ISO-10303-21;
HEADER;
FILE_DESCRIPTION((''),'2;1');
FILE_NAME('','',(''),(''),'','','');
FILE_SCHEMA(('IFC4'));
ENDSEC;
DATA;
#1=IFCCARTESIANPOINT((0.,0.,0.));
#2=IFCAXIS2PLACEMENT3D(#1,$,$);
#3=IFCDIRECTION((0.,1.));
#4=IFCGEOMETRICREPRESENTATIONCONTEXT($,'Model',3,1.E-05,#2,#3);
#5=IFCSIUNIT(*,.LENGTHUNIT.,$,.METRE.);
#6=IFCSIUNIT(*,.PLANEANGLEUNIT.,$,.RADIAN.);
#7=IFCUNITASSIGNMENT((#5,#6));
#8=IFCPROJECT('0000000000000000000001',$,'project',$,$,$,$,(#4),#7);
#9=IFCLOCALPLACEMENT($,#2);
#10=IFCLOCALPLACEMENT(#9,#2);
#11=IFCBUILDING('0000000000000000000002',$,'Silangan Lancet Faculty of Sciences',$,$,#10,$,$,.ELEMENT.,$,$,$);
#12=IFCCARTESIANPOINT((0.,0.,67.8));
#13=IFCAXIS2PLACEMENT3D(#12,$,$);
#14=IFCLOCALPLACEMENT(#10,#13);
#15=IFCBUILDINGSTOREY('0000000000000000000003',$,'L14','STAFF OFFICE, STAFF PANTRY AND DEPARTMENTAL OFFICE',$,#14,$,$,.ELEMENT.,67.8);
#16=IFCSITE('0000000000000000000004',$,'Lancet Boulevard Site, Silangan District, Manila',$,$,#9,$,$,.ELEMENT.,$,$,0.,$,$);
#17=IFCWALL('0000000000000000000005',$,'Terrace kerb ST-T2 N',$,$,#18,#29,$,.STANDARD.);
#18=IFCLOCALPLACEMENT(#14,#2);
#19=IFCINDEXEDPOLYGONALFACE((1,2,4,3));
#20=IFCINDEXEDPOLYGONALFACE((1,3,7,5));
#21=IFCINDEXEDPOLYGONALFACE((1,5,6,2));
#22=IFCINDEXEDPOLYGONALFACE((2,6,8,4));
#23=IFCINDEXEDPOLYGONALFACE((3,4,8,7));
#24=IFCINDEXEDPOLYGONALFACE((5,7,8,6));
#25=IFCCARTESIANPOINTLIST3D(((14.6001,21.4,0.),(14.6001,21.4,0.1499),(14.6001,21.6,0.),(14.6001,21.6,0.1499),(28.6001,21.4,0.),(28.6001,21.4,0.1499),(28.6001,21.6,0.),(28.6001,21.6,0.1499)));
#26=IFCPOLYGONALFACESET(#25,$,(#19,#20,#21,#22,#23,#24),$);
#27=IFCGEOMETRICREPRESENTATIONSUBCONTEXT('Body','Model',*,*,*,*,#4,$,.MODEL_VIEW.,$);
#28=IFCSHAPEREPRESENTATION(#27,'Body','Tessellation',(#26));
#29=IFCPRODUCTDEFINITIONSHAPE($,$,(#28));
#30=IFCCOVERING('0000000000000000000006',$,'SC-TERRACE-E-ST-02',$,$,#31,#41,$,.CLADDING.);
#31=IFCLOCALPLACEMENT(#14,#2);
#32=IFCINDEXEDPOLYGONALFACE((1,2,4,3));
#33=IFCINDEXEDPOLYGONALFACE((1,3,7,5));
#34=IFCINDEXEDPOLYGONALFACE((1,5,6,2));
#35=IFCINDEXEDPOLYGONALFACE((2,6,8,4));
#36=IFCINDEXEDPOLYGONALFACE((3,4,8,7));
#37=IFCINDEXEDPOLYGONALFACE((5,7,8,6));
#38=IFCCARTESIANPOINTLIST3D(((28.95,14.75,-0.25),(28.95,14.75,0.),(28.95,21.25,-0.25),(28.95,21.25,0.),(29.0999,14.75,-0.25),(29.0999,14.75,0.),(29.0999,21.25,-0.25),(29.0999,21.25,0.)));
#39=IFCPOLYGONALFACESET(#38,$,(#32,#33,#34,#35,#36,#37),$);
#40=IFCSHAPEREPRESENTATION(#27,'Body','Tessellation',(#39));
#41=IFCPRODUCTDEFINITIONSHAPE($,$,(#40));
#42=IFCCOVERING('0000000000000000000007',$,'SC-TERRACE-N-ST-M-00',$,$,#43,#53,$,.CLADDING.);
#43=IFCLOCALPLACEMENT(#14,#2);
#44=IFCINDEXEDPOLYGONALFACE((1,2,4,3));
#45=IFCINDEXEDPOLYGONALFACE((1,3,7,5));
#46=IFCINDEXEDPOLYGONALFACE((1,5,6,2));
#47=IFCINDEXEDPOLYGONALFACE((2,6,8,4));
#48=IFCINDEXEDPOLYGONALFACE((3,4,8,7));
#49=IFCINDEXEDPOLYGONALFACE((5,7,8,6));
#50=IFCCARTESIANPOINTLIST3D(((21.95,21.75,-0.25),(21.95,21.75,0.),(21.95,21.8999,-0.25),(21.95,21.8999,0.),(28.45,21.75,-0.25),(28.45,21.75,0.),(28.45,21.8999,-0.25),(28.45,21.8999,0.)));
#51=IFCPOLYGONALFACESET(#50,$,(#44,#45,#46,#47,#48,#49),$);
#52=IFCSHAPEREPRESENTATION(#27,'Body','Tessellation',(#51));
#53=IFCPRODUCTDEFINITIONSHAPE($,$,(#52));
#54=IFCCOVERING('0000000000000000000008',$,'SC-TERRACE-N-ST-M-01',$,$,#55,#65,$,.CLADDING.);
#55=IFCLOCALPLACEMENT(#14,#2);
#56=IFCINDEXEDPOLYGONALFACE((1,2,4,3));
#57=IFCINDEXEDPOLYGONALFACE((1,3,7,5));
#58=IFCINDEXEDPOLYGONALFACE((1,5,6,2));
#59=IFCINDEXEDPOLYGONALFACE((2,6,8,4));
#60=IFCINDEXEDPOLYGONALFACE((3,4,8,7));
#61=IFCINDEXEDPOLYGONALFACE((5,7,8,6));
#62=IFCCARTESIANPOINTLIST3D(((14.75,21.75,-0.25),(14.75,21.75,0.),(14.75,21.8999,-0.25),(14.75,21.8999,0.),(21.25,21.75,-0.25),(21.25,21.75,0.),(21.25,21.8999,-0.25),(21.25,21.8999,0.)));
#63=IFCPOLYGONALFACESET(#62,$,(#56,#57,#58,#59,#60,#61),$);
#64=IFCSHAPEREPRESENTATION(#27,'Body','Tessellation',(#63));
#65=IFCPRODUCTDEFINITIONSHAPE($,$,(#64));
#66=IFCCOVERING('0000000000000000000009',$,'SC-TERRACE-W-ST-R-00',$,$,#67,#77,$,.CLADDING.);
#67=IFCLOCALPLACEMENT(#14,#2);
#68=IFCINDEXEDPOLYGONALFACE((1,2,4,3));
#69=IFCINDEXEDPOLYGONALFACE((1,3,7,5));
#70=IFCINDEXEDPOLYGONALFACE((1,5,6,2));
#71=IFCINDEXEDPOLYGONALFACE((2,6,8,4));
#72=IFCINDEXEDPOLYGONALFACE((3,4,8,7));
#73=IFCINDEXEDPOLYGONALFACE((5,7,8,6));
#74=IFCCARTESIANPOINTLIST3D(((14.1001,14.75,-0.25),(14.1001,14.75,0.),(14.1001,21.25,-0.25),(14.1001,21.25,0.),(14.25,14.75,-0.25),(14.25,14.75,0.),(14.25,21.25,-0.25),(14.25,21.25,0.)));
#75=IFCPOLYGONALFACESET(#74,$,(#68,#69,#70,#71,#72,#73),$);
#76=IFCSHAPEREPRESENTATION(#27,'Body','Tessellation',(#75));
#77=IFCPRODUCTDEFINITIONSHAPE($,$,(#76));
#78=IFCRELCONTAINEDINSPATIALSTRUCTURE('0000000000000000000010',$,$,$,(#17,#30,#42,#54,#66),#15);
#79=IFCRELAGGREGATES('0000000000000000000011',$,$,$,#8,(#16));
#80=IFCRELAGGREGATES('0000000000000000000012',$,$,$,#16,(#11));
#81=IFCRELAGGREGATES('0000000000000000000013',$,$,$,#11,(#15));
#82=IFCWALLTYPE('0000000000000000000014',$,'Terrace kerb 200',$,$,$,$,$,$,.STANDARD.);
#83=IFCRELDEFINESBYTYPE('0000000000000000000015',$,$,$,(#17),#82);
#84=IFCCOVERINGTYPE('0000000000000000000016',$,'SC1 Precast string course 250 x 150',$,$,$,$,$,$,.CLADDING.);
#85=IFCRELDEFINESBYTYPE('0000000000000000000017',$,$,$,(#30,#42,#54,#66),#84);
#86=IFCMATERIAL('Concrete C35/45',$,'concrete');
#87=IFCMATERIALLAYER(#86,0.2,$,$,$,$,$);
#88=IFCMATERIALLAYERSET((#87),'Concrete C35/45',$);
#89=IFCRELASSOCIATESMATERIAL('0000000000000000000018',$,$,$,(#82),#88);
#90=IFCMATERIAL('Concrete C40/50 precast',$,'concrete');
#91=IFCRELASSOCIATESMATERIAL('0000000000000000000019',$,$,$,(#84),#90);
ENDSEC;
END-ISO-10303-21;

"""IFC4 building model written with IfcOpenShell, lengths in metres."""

from ifc_helpers import new_model, si_unit, direction, frame, frame_2d, origin, origin_2d, place, context, subcontext, project, spatial, rectangle, extrude, material, layer, layer_set, type_object, element, save


model = new_model("IFC4")

# Units and contexts
model_context = context("Model", 3, precision=1e-05, world=origin(), true_north=direction((0.0, 1.0)))
body_context = subcontext(model_context, "Body", "Model", "MODEL_VIEW")
ifc_project = project(units=[si_unit("LENGTHUNIT", "METRE"), si_unit("PLANEANGLEUNIT", "RADIAN")], contexts=[model_context])

# Site, building, storey
site_placement = place(None, origin())
site = spatial("IfcSite", under=ifc_project, at=site_placement, Name="Lancet Boulevard Site, Silangan District, Manila", CompositionType="ELEMENT", RefElevation=0.0)
building_placement = place(site_placement, origin())
building = spatial("IfcBuilding", under=site, at=building_placement, Name="Silangan Lancet Faculty of Sciences", CompositionType="ELEMENT")
storey_placement = place(building_placement, frame((0.0, 0.0, 67.8)))
storey = spatial("IfcBuildingStorey", under=building, at=storey_placement, Name="L14", Description="STAFF OFFICE, STAFF PANTRY AND DEPARTMENTAL OFFICE", CompositionType="ELEMENT", Elevation=67.8)

# Wall
ifc_material_1 = material(Name="Concrete C35/45", Category="concrete")
ifc_layer_1 = layer(ifc_material_1, 0.2)
ifc_layer_set_1 = layer_set([ifc_layer_1], Name="Concrete C35/45")
wall_type_1 = type_object("IfcWallType", Name="Terrace kerb 200", PredefinedType="STANDARD", material=ifc_layer_set_1)
wall_1_placement = place(storey_placement, frame((14.6001, 21.5, 0.0), z_axis=(0.0, 0.0, 1.0), x_axis=(1.0, 0.0, 0.0)))
element("IfcWall", 1, at=wall_1_placement, inside=storey, type_object=wall_type_1, Name="Terrace kerb ST-T2 N", PredefinedType="STANDARD", context=body_context, shape_type="SweptSolid", body=[
    extrude(rectangle(XDim=14.0, YDim=0.2, at=frame_2d((7.0, 0.0))), origin(), (0.0, 0.0, 1.0), 0.1499),
])

# Coverings
ifc_material_2 = material(Name="Concrete C40/50 precast", Category="concrete")
covering_type = type_object("IfcCoveringType", Name="SC1 Precast string course 250 x 150", PredefinedType="CLADDING", material=ifc_material_2)
covering_1_placement = place(storey_placement, frame((29.0249, 18.0, -0.25), z_axis=(0.0, 0.0, 1.0), x_axis=(1.0, 0.0, 0.0)))
element("IfcCovering", 2, at=covering_1_placement, inside=storey, type_object=covering_type, Name="SC-TERRACE-E-ST-02", PredefinedType="CLADDING", context=body_context, shape_type="SweptSolid", body=[
    extrude(rectangle(XDim=0.1499, YDim=6.5, at=origin_2d()), origin(), (0.0, 0.0, 1.0), 0.25),
])
for number, where, z_axis, x_axis, name in (
    (3, (25.2, 21.825, -0.25), (0.0, 0.0, 1.0), (1.0, 0.0, 0.0), "SC-TERRACE-N-ST-M-00"),
    (4, (18.0, 21.825, -0.25), (0.0, 0.0, 1.0), (1.0, 0.0, 0.0), "SC-TERRACE-N-ST-M-01"),
):
    element("IfcCovering", number, at=place(storey_placement, frame(where, z_axis=z_axis, x_axis=x_axis)), inside=storey, type_object=covering_type, Name=name, PredefinedType="CLADDING", context=body_context, shape_type="SweptSolid", body=[
        extrude(rectangle(XDim=6.5, YDim=0.1499, at=origin_2d()), origin(), (0.0, 0.0, 1.0), 0.25),
    ])
covering_2_placement = place(storey_placement, frame((14.175, 18.0, -0.25), z_axis=(0.0, 0.0, 1.0), x_axis=(1.0, 0.0, 0.0)))
element("IfcCovering", 5, at=covering_2_placement, inside=storey, type_object=covering_type, Name="SC-TERRACE-W-ST-R-00", PredefinedType="CLADDING", context=body_context, shape_type="SweptSolid", body=[
    extrude(rectangle(XDim=0.1499, YDim=6.5, at=origin_2d()), origin(), (0.0, 0.0, 1.0), 0.25),
])

save(model, "model.ifc")
